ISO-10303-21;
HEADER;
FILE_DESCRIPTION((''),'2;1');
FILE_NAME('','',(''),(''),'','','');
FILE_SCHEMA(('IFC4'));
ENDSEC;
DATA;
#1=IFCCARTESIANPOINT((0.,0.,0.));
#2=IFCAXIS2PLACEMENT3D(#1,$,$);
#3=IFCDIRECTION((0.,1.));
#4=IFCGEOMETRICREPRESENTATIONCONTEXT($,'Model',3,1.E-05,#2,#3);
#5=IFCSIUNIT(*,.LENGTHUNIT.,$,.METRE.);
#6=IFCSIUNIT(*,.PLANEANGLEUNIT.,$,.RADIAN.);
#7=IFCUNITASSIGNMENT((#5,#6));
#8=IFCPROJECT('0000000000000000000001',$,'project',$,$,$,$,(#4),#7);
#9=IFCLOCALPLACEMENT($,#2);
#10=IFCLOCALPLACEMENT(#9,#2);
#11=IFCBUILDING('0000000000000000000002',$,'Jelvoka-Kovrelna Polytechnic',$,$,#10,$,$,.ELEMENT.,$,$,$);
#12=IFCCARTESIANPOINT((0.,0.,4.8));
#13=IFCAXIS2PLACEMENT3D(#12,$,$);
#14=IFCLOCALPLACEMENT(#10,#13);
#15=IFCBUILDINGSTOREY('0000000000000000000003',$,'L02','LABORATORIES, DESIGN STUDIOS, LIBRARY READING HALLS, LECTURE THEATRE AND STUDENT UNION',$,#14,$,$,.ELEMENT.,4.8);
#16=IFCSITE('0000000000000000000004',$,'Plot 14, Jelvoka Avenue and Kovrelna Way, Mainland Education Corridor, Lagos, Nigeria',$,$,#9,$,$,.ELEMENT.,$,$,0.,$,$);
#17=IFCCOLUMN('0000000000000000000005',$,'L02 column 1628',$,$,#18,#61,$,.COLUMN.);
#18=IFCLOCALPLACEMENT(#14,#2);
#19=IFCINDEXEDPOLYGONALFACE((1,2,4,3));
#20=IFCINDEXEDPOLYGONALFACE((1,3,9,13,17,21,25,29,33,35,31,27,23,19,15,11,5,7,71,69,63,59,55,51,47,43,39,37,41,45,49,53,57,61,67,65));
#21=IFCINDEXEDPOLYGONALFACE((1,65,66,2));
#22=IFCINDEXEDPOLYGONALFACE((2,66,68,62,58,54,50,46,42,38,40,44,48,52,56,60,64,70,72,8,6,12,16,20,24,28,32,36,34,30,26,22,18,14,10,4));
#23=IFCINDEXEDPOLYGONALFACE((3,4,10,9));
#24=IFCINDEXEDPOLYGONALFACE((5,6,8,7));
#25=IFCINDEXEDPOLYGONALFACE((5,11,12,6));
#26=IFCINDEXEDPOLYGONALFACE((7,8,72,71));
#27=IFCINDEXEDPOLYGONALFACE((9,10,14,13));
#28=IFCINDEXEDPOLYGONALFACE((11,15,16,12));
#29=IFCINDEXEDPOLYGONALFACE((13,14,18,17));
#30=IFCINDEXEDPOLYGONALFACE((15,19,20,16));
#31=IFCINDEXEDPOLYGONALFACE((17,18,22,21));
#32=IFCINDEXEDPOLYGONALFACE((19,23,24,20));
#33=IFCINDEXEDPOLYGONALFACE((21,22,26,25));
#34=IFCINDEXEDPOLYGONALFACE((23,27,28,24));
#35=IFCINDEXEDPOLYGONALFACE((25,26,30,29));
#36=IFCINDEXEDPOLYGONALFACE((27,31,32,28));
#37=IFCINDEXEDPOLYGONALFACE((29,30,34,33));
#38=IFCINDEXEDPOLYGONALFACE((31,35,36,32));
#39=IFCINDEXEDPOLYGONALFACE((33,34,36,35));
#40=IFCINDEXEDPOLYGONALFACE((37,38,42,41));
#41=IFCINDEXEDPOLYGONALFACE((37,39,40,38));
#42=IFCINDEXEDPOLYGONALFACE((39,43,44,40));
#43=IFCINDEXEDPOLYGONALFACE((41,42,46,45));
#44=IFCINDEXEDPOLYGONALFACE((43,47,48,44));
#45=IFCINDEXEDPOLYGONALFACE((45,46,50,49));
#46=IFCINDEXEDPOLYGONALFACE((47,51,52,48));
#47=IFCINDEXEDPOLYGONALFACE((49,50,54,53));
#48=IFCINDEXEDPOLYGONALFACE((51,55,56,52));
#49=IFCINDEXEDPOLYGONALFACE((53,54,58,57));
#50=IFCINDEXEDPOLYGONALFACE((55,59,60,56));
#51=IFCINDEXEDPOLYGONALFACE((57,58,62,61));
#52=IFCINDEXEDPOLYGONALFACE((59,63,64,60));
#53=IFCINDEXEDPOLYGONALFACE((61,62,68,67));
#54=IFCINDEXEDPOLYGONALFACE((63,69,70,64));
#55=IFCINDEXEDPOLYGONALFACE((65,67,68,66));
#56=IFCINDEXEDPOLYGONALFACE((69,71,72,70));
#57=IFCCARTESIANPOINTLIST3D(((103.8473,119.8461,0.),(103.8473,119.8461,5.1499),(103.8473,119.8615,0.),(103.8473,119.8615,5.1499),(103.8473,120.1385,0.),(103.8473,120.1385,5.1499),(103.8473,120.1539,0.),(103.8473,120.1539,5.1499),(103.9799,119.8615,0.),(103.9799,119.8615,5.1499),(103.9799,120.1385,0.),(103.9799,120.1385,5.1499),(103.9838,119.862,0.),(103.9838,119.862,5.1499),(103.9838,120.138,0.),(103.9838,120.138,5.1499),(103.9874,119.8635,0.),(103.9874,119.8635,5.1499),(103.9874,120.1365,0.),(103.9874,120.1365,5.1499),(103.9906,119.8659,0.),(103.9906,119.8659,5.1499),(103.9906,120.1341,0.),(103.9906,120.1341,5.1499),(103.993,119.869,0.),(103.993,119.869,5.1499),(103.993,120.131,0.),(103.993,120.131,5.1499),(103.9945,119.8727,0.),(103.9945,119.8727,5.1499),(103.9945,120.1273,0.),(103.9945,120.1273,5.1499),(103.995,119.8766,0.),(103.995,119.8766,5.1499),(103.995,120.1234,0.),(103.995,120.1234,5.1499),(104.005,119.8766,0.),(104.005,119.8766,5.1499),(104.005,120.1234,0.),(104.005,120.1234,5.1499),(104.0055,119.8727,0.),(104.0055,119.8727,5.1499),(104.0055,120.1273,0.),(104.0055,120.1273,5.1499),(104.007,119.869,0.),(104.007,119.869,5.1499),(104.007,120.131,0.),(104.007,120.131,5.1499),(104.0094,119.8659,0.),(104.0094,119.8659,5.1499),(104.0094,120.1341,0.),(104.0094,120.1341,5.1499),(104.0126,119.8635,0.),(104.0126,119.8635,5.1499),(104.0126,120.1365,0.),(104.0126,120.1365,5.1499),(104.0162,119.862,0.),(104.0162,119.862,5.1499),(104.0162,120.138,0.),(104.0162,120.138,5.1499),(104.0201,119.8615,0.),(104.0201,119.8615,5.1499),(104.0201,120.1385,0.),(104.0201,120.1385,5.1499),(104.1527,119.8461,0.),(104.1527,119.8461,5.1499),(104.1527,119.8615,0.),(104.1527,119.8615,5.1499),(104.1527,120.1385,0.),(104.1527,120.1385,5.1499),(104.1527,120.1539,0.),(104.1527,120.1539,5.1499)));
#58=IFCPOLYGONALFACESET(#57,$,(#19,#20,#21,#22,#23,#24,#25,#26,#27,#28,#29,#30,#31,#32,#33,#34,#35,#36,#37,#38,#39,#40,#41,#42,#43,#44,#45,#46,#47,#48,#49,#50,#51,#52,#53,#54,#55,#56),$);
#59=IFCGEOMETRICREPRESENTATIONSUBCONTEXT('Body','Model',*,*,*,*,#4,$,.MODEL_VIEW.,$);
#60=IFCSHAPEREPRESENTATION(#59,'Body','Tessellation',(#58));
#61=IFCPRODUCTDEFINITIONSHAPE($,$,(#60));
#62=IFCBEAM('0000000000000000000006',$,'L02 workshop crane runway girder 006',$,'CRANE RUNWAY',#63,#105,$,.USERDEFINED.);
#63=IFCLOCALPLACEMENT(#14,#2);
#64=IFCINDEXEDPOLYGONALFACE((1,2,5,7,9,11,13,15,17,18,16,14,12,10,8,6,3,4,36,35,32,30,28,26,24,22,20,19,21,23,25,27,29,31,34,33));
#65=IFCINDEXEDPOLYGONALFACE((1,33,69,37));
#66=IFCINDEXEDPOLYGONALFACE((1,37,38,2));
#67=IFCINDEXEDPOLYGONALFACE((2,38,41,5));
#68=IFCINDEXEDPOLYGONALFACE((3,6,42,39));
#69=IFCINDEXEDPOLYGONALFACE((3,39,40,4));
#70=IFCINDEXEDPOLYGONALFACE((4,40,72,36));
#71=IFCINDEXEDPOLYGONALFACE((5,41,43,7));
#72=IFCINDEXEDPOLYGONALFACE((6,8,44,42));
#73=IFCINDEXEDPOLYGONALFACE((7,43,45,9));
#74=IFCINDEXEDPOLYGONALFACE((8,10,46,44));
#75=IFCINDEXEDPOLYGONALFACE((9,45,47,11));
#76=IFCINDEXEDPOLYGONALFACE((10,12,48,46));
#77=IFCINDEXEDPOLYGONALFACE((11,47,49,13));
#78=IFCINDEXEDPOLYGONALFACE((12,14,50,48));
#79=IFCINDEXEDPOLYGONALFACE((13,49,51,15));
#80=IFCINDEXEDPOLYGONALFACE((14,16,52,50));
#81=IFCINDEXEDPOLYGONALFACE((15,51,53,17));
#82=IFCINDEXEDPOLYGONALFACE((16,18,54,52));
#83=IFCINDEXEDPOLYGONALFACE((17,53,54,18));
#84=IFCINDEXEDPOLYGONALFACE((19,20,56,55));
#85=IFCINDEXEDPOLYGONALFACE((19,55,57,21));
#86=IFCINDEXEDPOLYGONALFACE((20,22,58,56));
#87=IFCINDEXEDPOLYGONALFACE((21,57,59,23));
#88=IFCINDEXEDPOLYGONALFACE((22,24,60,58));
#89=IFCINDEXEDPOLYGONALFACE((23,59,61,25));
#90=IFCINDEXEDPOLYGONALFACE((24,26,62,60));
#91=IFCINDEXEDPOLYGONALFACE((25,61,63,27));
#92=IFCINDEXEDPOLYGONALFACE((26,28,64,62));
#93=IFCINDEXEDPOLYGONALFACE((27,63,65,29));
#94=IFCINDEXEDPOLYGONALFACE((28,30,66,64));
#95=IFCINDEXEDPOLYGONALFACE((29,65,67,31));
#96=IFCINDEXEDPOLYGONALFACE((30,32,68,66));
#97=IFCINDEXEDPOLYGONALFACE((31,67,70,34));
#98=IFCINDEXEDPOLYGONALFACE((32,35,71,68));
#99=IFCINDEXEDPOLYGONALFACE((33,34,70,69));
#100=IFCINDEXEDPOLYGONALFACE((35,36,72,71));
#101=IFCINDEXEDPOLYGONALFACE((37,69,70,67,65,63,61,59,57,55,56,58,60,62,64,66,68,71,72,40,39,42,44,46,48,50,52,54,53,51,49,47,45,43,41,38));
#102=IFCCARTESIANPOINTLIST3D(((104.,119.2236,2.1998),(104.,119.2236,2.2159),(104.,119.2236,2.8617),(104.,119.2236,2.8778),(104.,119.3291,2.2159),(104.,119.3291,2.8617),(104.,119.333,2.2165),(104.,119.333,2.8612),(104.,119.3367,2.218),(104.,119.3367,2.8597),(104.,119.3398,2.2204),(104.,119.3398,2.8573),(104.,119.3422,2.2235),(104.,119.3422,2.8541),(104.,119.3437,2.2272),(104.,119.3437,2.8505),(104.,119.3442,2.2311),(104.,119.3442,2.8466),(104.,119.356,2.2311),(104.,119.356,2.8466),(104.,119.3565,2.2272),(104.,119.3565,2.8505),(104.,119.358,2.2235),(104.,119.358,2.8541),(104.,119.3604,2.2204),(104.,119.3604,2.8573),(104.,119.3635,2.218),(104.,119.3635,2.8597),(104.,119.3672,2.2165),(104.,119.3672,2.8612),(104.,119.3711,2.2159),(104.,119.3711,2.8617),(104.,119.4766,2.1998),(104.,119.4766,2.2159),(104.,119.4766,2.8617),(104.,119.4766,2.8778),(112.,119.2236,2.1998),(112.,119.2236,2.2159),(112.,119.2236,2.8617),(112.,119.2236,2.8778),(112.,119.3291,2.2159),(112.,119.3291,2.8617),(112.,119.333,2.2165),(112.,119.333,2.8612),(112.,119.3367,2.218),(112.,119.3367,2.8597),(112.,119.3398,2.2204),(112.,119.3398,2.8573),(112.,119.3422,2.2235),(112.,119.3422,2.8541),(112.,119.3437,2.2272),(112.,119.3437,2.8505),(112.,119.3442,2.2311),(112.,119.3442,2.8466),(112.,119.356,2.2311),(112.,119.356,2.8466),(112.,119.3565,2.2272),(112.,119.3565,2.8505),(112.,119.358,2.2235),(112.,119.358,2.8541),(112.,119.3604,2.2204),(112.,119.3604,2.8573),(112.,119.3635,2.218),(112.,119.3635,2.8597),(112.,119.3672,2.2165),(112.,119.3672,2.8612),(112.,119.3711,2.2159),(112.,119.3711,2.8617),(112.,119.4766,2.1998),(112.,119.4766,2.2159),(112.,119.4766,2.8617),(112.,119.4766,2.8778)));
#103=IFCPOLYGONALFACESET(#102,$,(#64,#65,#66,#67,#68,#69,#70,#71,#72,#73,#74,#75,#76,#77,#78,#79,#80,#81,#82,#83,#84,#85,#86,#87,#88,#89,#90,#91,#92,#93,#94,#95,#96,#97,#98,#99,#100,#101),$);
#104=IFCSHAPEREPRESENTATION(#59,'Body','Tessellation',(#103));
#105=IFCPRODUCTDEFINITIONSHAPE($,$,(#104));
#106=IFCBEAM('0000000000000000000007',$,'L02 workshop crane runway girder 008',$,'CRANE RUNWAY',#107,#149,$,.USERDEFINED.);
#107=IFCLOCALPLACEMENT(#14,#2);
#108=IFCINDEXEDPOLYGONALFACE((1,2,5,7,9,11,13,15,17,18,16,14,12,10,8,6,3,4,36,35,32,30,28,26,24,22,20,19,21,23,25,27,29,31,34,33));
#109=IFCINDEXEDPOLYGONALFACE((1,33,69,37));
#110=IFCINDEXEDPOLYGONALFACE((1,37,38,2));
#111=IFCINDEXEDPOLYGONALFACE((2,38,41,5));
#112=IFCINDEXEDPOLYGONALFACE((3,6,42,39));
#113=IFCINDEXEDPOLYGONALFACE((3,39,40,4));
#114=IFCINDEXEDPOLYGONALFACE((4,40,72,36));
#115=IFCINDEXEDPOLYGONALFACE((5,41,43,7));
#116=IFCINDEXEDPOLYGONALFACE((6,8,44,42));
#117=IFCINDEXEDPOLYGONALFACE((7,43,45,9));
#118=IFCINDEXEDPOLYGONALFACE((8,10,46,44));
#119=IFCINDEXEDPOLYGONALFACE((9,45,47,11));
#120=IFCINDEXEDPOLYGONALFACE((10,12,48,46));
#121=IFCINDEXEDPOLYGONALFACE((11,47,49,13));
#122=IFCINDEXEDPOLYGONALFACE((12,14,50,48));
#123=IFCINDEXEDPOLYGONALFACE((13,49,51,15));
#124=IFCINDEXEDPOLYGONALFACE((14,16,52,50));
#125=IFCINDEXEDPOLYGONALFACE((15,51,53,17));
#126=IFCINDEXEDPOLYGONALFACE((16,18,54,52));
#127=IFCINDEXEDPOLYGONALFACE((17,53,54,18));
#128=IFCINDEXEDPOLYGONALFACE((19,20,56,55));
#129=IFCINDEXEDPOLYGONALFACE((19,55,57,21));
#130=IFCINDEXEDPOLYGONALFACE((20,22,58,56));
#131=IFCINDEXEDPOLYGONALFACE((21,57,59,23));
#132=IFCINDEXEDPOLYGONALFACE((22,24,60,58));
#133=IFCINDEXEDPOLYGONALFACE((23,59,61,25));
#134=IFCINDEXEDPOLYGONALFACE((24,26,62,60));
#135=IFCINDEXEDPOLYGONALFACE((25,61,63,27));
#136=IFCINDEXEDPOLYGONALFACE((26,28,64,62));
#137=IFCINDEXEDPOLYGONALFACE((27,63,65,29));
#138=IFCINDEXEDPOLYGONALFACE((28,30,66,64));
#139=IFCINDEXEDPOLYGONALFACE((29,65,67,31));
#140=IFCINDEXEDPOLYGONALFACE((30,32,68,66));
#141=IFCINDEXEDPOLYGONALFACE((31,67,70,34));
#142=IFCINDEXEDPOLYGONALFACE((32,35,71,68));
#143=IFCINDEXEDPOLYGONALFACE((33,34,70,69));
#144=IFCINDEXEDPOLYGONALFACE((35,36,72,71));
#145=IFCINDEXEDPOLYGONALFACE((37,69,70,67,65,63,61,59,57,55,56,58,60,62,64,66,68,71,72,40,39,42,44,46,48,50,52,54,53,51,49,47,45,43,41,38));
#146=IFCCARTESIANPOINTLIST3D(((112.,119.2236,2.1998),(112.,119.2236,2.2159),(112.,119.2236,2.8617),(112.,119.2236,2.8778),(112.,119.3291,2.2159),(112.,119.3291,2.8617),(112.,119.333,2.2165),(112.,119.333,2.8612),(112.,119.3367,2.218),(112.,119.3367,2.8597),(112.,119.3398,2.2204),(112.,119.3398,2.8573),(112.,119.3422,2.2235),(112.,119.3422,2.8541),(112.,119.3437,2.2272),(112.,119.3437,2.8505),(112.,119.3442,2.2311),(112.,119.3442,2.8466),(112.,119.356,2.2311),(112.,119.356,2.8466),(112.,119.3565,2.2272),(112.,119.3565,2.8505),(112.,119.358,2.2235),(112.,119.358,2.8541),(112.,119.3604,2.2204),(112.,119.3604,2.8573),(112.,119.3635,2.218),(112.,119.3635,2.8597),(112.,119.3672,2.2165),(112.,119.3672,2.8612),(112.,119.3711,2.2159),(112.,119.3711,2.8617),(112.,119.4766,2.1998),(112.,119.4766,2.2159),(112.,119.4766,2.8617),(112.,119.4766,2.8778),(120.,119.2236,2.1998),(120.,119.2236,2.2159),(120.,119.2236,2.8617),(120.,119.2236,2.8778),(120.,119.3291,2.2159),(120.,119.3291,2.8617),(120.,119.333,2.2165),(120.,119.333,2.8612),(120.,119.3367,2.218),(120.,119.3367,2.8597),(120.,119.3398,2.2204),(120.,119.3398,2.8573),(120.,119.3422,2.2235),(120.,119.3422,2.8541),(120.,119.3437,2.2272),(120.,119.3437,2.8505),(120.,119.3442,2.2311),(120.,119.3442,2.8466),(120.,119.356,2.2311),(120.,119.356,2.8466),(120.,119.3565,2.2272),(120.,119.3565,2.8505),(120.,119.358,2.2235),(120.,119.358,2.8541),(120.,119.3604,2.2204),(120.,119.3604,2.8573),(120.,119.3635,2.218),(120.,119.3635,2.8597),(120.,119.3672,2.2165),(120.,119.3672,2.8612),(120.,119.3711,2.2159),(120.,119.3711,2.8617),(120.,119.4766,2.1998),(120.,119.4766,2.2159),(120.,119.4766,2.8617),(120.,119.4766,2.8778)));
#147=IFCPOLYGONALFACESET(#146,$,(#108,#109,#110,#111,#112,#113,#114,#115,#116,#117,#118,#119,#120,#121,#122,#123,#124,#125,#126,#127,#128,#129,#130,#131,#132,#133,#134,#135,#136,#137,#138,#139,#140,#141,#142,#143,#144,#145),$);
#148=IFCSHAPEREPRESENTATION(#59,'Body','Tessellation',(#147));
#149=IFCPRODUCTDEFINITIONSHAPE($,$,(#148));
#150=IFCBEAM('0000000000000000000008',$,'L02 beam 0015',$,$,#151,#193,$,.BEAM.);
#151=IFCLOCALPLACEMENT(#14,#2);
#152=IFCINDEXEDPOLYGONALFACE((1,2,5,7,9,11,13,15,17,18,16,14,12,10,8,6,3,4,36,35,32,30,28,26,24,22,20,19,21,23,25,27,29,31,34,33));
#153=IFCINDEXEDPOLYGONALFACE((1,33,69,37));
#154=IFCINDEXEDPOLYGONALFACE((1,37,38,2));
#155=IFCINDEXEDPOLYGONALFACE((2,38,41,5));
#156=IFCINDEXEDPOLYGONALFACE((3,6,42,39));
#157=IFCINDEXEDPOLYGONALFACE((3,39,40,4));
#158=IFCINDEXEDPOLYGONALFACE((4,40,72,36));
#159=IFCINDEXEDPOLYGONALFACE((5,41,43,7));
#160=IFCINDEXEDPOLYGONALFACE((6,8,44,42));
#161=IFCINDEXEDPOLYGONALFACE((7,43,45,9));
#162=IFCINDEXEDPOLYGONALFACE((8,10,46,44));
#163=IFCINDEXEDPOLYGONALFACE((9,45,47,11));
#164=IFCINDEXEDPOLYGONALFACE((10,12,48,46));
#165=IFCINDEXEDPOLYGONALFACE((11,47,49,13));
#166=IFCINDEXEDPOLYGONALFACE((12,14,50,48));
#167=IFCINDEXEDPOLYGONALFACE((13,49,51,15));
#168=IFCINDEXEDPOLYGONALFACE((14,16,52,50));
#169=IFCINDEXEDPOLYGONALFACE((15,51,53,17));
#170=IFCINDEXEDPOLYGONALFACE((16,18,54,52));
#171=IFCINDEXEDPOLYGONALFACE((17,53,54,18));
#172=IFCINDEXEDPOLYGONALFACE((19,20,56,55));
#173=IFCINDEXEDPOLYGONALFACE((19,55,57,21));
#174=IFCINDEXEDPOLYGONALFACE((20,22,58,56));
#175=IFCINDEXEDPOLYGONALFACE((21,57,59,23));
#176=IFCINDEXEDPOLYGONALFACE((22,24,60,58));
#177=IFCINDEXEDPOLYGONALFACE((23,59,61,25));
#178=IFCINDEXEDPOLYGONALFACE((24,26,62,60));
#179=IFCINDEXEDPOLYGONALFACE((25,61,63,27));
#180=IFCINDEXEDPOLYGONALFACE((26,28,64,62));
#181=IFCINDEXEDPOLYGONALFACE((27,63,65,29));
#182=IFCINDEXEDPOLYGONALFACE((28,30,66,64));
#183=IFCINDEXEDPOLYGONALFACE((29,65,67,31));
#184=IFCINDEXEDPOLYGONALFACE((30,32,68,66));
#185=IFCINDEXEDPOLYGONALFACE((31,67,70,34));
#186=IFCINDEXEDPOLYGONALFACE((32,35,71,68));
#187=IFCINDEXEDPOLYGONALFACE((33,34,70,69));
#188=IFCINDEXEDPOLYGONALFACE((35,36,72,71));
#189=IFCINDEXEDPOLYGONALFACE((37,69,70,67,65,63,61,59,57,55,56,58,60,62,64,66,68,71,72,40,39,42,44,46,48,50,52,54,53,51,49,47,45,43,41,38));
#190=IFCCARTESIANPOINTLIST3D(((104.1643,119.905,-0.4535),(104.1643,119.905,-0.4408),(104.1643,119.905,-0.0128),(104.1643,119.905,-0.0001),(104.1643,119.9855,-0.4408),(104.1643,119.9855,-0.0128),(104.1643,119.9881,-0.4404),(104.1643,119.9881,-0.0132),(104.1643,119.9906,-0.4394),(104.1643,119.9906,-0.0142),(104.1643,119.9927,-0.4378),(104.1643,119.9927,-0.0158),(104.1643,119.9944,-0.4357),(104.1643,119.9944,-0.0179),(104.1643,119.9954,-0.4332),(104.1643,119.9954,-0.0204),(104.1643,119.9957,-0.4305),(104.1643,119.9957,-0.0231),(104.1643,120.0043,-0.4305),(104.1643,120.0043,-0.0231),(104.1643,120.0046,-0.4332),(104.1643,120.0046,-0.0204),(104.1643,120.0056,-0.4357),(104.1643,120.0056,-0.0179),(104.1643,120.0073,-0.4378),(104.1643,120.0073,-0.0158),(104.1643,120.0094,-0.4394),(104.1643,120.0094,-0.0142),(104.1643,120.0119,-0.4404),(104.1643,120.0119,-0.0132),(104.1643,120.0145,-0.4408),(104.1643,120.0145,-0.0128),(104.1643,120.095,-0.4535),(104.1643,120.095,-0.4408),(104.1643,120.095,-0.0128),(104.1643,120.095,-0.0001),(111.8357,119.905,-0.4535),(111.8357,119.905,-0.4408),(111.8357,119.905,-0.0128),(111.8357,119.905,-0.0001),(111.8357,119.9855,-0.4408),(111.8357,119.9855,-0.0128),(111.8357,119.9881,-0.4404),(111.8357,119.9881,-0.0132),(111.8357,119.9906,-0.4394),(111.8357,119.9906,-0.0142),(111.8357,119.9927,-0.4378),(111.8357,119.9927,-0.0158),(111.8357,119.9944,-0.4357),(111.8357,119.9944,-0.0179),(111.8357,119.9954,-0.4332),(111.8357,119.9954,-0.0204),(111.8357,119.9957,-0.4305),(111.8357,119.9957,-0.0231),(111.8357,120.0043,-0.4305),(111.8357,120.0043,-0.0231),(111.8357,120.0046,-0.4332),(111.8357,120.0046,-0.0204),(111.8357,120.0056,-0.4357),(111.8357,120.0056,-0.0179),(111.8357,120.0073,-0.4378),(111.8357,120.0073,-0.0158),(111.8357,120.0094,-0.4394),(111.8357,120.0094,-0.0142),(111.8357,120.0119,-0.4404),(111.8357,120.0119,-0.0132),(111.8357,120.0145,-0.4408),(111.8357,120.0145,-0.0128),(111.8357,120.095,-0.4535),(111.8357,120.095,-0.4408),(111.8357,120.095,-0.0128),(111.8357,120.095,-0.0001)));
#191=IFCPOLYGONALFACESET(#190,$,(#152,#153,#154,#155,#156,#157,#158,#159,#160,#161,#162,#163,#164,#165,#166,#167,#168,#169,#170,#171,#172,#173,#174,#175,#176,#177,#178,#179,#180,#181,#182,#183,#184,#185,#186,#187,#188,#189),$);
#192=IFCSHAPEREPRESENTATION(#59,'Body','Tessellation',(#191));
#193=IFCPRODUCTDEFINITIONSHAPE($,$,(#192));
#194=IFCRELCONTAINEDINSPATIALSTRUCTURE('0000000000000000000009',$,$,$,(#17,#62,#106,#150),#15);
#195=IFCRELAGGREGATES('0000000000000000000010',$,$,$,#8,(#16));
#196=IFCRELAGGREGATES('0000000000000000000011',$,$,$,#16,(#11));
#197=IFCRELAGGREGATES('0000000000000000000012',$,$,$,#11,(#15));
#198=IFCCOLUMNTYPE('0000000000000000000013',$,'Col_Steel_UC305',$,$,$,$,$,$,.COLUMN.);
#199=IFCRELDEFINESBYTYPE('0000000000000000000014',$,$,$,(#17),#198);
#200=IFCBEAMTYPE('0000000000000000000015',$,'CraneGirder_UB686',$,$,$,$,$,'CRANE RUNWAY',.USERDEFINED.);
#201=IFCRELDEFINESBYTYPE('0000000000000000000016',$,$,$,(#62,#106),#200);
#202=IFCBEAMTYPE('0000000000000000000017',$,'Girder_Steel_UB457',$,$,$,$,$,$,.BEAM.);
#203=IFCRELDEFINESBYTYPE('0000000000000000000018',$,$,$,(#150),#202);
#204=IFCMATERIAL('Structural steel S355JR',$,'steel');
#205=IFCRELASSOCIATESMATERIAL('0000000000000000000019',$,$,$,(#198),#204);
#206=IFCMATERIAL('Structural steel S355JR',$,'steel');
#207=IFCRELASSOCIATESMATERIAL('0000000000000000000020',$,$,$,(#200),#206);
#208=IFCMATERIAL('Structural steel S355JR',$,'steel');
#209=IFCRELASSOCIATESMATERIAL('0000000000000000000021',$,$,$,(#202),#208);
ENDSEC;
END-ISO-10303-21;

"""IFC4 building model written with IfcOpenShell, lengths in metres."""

from ifc_helpers import new_model, si_unit, direction, frame, origin, origin_2d, place, context, subcontext, project, spatial, i_section, extrude, material, material_profile, profile_set, type_object, element, save


model = new_model("IFC4")

# Units and contexts
model_context = context("Model", 3, precision=1e-05, world=origin(), true_north=direction((0.0, 1.0)))
body_context = subcontext(model_context, "Body", "Model", "MODEL_VIEW")
ifc_project = project(units=[si_unit("LENGTHUNIT", "METRE"), si_unit("PLANEANGLEUNIT", "RADIAN")], contexts=[model_context])

# Site, building, storey
site_placement = place(None, origin())
site = spatial("IfcSite", under=ifc_project, at=site_placement, Name="Plot 14, Jelvoka Avenue and Kovrelna Way, Mainland Education Corridor, Lagos, Nigeria", CompositionType="ELEMENT", RefElevation=0.0)
building_placement = place(site_placement, origin())
building = spatial("IfcBuilding", under=site, at=building_placement, Name="Jelvoka-Kovrelna Polytechnic", CompositionType="ELEMENT")
storey_placement = place(building_placement, frame((0.0, 0.0, 4.8)))
storey = spatial("IfcBuildingStorey", under=building, at=storey_placement, Name="L02", Description="LABORATORIES, DESIGN STUDIOS, LIBRARY READING HALLS, LECTURE THEATRE AND STUDENT UNION", CompositionType="ELEMENT", Elevation=4.8)

# Column
ifc_material_1 = material(Name="Structural steel S355JR", Category="steel")
ifc_material_profile_1 = material_profile(ifc_material_1, i_section(OverallWidth=0.3054, OverallDepth=0.3079, WebThickness=0.01, FlangeThickness=0.0154, FilletRadius=0.0151, at=origin_2d()), Name="305x305x97 UC")
ifc_profile_set_1 = profile_set([ifc_material_profile_1], Name="Structural steel S355JR")
column_type = type_object("IfcColumnType", Name="Col_Steel_UC305", PredefinedType="COLUMN", material=ifc_profile_set_1)
column_placement = place(storey_placement, frame((104.0, 120.0, 0.0), z_axis=(0.0, 0.0, 1.0), x_axis=(1.0, 0.0, 0.0)))
element("IfcColumn", 1, at=column_placement, inside=storey, type_object=column_type, Name="L02 column 1628", PredefinedType="COLUMN", context=body_context, shape_type="SweptSolid", body=[
    extrude(i_section(OverallWidth=0.3054, OverallDepth=0.3079, WebThickness=0.01, FlangeThickness=0.0154, FilletRadius=0.0151, at=origin_2d()), origin(), (0.0, 0.0, 1.0), 5.1499),
])

# Beams
ifc_material_2 = material(Name="Structural steel S355JR", Category="steel")
ifc_material_profile_2 = material_profile(ifc_material_2, i_section(OverallWidth=0.2529, OverallDepth=0.678, WebThickness=0.0117, FlangeThickness=0.0161, FilletRadius=0.0151, at=origin_2d()), Name="686x254x125 UB")
ifc_profile_set_2 = profile_set([ifc_material_profile_2], Name="Structural steel S355JR")
beam_type_1 = type_object("IfcBeamType", Name="CraneGirder_UB686", ElementType="CRANE RUNWAY", PredefinedType="USERDEFINED", material=ifc_profile_set_2)
for number, where, z_axis, x_axis, name in (
    (2, (104.0, 119.3501, 2.5388), (1.0, 0.0, 0.0), (0.0, 1.0, 0.0), "L02 workshop crane runway girder 006"),
    (3, (112.0, 119.3501, 2.5388), (1.0, 0.0, 0.0), (0.0, 1.0, 0.0), "L02 workshop crane runway girder 008"),
):
    element("IfcBeam", number, at=place(storey_placement, frame(where, z_axis=z_axis, x_axis=x_axis)), inside=storey, type_object=beam_type_1, Name=name, ObjectType="CRANE RUNWAY", PredefinedType="USERDEFINED", context=body_context, shape_type="SweptSolid", body=[
        extrude(i_section(OverallWidth=0.2529, OverallDepth=0.678, WebThickness=0.0117, FlangeThickness=0.0161, FilletRadius=0.0151, at=origin_2d()), origin(), (0.0, 0.0, 1.0), 8.0),
    ])
ifc_material_3 = material(Name="Structural steel S355JR", Category="steel")
ifc_material_profile_3 = material_profile(ifc_material_3, i_section(OverallWidth=0.1899, OverallDepth=0.4534, WebThickness=0.0085, FlangeThickness=0.0127, FilletRadius=0.0103, at=origin_2d()), Name="457x191x67 UB")
ifc_profile_set_3 = profile_set([ifc_material_profile_3], Name="Structural steel S355JR")
beam_type_2 = type_object("IfcBeamType", Name="Girder_Steel_UB457", PredefinedType="BEAM", material=ifc_profile_set_3)
beam_1_placement = place(storey_placement, frame((104.1643, 120.0, -0.2268), z_axis=(1.0, 0.0, 0.0), x_axis=(0.0, 1.0, 0.0)))
element("IfcBeam", 4, at=beam_1_placement, inside=storey, type_object=beam_type_2, Name="L02 beam 0015", PredefinedType="BEAM", context=body_context, shape_type="SweptSolid", body=[
    extrude(i_section(OverallWidth=0.1899, OverallDepth=0.4534, WebThickness=0.0085, FlangeThickness=0.0127, FilletRadius=0.0103, at=origin_2d()), origin(), (0.0, 0.0, 1.0), 7.6714),
])

save(model, "model.ifc")
